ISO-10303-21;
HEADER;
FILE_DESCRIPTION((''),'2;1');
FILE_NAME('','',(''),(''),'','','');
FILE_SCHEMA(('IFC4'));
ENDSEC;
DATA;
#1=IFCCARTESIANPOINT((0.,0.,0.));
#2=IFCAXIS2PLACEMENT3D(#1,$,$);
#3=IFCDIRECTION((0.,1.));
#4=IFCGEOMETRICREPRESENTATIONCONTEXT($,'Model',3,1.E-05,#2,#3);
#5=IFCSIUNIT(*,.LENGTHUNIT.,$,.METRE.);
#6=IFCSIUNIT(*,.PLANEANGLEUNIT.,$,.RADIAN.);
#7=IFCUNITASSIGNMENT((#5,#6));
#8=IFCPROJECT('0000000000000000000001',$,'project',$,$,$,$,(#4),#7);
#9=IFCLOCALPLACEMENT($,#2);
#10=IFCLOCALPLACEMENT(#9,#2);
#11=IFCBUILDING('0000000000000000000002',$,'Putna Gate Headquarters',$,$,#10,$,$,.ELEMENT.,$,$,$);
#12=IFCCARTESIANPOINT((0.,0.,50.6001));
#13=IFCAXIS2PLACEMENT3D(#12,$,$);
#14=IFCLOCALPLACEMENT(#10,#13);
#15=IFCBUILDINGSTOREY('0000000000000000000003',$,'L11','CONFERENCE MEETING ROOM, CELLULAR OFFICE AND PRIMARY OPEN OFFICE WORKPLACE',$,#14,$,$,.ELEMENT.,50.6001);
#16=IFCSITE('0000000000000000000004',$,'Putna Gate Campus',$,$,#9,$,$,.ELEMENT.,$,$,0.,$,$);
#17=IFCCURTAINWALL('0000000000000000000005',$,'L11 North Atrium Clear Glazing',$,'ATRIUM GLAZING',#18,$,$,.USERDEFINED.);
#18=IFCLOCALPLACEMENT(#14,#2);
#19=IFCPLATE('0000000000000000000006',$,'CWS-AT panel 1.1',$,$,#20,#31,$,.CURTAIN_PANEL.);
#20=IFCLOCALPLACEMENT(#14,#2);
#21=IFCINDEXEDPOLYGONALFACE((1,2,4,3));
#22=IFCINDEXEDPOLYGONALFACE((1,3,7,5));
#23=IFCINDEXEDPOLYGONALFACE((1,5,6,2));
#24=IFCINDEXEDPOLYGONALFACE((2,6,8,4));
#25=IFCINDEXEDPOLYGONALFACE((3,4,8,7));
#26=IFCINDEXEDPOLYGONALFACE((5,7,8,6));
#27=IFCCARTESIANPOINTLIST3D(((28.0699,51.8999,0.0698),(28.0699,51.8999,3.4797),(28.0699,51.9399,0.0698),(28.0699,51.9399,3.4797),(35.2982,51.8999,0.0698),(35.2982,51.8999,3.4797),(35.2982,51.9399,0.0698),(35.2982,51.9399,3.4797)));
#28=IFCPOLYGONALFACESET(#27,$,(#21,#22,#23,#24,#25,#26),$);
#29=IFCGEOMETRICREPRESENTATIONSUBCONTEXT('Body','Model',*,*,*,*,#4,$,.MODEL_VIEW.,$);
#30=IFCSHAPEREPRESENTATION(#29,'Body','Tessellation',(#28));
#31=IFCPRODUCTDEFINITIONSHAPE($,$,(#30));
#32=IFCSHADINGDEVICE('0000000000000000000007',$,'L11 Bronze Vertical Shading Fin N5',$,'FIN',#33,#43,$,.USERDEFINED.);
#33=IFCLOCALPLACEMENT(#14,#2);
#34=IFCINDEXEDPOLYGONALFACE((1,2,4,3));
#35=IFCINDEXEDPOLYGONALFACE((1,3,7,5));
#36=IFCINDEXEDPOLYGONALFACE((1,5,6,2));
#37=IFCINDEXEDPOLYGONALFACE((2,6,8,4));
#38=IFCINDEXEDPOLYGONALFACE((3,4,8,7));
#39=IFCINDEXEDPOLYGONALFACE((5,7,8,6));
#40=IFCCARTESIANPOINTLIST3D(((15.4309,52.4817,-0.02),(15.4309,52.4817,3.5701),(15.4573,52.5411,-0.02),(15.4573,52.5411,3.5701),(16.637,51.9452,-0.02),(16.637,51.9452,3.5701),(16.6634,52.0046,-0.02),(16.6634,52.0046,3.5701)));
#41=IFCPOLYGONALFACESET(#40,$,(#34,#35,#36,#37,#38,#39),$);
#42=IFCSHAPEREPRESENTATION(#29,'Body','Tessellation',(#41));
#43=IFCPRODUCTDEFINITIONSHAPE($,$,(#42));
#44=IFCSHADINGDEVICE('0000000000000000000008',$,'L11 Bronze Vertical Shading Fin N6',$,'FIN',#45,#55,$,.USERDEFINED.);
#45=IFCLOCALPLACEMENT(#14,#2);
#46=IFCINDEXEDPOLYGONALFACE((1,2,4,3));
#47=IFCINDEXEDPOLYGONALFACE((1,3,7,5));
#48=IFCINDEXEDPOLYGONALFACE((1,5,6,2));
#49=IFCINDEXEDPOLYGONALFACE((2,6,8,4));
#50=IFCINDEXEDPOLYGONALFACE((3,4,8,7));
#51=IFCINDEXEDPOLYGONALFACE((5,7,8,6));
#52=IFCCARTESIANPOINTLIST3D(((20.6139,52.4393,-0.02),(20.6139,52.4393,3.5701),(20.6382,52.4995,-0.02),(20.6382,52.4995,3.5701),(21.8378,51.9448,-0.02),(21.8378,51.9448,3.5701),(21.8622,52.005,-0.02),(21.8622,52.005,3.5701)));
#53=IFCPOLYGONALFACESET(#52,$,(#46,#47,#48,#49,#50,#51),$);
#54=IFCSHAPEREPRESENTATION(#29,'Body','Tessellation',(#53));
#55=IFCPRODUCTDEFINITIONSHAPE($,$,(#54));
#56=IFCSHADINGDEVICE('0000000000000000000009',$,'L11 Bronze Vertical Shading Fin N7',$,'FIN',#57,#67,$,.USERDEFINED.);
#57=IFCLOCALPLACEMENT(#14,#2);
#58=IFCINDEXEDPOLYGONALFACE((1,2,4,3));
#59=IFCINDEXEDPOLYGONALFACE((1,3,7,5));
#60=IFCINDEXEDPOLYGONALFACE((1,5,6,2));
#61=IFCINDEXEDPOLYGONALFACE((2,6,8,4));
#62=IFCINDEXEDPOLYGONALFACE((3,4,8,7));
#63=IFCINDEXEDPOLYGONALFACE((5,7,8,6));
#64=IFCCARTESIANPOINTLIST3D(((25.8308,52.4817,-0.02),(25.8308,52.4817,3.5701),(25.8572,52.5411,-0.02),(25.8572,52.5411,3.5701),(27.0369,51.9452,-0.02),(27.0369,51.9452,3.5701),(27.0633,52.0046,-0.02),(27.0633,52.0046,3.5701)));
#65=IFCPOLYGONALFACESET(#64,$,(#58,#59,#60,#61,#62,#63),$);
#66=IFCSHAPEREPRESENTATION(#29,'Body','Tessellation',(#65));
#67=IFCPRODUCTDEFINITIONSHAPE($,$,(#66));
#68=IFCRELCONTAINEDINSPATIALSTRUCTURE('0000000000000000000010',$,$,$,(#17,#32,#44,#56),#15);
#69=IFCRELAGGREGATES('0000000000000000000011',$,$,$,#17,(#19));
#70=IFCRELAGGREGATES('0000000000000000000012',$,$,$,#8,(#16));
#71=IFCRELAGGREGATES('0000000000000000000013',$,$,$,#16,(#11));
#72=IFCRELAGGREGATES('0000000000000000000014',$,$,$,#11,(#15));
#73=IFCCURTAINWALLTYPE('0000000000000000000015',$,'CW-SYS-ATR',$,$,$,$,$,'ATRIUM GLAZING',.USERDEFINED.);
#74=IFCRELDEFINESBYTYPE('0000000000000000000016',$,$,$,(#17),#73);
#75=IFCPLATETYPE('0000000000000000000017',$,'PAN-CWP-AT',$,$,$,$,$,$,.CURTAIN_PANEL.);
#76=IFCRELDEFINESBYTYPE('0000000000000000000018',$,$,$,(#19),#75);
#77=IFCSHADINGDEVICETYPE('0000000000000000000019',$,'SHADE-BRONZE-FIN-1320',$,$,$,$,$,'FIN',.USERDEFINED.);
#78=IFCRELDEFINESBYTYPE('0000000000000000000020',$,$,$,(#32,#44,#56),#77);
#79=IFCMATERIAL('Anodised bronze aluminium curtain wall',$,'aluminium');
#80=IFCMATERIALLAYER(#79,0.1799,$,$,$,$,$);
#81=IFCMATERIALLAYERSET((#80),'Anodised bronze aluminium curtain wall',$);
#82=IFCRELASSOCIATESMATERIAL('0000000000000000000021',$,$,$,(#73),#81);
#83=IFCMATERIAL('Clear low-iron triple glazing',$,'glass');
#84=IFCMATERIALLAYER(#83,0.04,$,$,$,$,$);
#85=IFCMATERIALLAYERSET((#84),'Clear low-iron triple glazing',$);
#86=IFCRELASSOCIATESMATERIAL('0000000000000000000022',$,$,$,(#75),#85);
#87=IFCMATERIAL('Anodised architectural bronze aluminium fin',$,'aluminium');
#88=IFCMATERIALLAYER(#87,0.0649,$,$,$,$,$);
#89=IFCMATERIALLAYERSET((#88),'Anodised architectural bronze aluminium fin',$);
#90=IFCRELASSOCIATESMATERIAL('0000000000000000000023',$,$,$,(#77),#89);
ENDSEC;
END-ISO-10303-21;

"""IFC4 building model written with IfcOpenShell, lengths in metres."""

from ifc_helpers import new_model, si_unit, direction, frame, origin, origin_2d, place, context, subcontext, project, spatial, rectangle, extrude, material, layer, layer_set, type_object, element, aggregate, save


model = new_model("IFC4")

# Units and contexts
model_context = context("Model", 3, precision=1e-05, world=origin(), true_north=direction((0.0, 1.0)))
body_context = subcontext(model_context, "Body", "Model", "MODEL_VIEW")
ifc_project = project(units=[si_unit("LENGTHUNIT", "METRE"), si_unit("PLANEANGLEUNIT", "RADIAN")], contexts=[model_context])

# Site, building, storey
site_placement = place(None, origin())
site = spatial("IfcSite", under=ifc_project, at=site_placement, Name="Putna Gate Campus", CompositionType="ELEMENT", RefElevation=0.0)
building_placement = place(site_placement, origin())
building = spatial("IfcBuilding", under=site, at=building_placement, Name="Putna Gate Headquarters", CompositionType="ELEMENT")
storey_placement = place(building_placement, frame((0.0, 0.0, 50.6001)))
storey = spatial("IfcBuildingStorey", under=building, at=storey_placement, Name="L11", Description="CONFERENCE MEETING ROOM, CELLULAR OFFICE AND PRIMARY OPEN OFFICE WORKPLACE", CompositionType="ELEMENT", Elevation=50.6001)

# Curtain wall
ifc_material_1 = material(Name="Anodised bronze aluminium curtain wall", Category="aluminium")
ifc_layer_1 = layer(ifc_material_1, 0.1799)
ifc_layer_set_1 = layer_set([ifc_layer_1], Name="Anodised bronze aluminium curtain wall")
curtain_wall_type_1 = type_object("IfcCurtainWallType", Name="CW-SYS-ATR", ElementType="ATRIUM GLAZING", PredefinedType="USERDEFINED", material=ifc_layer_set_1)
curtain_wall_1_placement = place(storey_placement, origin())
curtain_wall_1 = element("IfcCurtainWall", 1, at=curtain_wall_1_placement, inside=storey, type_object=curtain_wall_type_1, Name="L11 North Atrium Clear Glazing", ObjectType="ATRIUM GLAZING", PredefinedType="USERDEFINED")

# Plate
ifc_material_2 = material(Name="Clear low-iron triple glazing", Category="glass")
ifc_layer_2 = layer(ifc_material_2, 0.04)
ifc_layer_set_2 = layer_set([ifc_layer_2], Name="Clear low-iron triple glazing")
plate_type_1 = type_object("IfcPlateType", Name="PAN-CWP-AT", PredefinedType="CURTAIN_PANEL", material=ifc_layer_set_2)
plate_1_placement = place(storey_placement, frame((31.6841, 51.9199, 0.0698), z_axis=(0.0, 0.0, 1.0), x_axis=(1.0, 0.0, 0.0)))
plate_1 = element("IfcPlate", 2, at=plate_1_placement, type_object=plate_type_1, Name="CWS-AT panel 1.1", PredefinedType="CURTAIN_PANEL", context=body_context, shape_type="SweptSolid", body=[
    extrude(rectangle(XDim=7.2283, YDim=0.04, at=origin_2d()), origin(), (0.0, 0.0, 1.0), 3.4099),
])
aggregate(curtain_wall_1, [plate_1])

# Shading devices
ifc_material_3 = material(Name="Anodised architectural bronze aluminium fin", Category="aluminium")
ifc_layer_3 = layer(ifc_material_3, 0.0649)
ifc_layer_set_3 = layer_set([ifc_layer_3], Name="Anodised architectural bronze aluminium fin")
shading_device_type = type_object("IfcShadingDeviceType", Name="SHADE-BRONZE-FIN-1320", ElementType="FIN", PredefinedType="USERDEFINED", material=ifc_layer_set_3)
for number, where, z_axis, x_axis, name in (
    (3, (16.0471, 52.2432, -0.02), (0.0, 0.0, 1.0), (-0.913687, 0.406418, 0.0), "L11 Bronze Vertical Shading Fin N5"),
    (4, (21.238, 52.2222, -0.02), (0.0, 0.0, 1.0), (-0.927184, 0.374607, 0.0), "L11 Bronze Vertical Shading Fin N6"),
    (5, (26.447, 52.2432, -0.02), (0.0, 0.0, 1.0), (-0.913687, 0.406418, 0.0), "L11 Bronze Vertical Shading Fin N7"),
):
    element("IfcShadingDevice", number, at=place(storey_placement, frame(where, z_axis=z_axis, x_axis=x_axis)), inside=storey, type_object=shading_device_type, Name=name, ObjectType="FIN", PredefinedType="USERDEFINED", context=body_context, shape_type="SweptSolid", body=[
        extrude(rectangle(XDim=1.3201, YDim=0.0649, at=origin_2d()), origin(), (0.0, 0.0, 1.0), 3.5901),
    ])

save(model, "model.ifc")
